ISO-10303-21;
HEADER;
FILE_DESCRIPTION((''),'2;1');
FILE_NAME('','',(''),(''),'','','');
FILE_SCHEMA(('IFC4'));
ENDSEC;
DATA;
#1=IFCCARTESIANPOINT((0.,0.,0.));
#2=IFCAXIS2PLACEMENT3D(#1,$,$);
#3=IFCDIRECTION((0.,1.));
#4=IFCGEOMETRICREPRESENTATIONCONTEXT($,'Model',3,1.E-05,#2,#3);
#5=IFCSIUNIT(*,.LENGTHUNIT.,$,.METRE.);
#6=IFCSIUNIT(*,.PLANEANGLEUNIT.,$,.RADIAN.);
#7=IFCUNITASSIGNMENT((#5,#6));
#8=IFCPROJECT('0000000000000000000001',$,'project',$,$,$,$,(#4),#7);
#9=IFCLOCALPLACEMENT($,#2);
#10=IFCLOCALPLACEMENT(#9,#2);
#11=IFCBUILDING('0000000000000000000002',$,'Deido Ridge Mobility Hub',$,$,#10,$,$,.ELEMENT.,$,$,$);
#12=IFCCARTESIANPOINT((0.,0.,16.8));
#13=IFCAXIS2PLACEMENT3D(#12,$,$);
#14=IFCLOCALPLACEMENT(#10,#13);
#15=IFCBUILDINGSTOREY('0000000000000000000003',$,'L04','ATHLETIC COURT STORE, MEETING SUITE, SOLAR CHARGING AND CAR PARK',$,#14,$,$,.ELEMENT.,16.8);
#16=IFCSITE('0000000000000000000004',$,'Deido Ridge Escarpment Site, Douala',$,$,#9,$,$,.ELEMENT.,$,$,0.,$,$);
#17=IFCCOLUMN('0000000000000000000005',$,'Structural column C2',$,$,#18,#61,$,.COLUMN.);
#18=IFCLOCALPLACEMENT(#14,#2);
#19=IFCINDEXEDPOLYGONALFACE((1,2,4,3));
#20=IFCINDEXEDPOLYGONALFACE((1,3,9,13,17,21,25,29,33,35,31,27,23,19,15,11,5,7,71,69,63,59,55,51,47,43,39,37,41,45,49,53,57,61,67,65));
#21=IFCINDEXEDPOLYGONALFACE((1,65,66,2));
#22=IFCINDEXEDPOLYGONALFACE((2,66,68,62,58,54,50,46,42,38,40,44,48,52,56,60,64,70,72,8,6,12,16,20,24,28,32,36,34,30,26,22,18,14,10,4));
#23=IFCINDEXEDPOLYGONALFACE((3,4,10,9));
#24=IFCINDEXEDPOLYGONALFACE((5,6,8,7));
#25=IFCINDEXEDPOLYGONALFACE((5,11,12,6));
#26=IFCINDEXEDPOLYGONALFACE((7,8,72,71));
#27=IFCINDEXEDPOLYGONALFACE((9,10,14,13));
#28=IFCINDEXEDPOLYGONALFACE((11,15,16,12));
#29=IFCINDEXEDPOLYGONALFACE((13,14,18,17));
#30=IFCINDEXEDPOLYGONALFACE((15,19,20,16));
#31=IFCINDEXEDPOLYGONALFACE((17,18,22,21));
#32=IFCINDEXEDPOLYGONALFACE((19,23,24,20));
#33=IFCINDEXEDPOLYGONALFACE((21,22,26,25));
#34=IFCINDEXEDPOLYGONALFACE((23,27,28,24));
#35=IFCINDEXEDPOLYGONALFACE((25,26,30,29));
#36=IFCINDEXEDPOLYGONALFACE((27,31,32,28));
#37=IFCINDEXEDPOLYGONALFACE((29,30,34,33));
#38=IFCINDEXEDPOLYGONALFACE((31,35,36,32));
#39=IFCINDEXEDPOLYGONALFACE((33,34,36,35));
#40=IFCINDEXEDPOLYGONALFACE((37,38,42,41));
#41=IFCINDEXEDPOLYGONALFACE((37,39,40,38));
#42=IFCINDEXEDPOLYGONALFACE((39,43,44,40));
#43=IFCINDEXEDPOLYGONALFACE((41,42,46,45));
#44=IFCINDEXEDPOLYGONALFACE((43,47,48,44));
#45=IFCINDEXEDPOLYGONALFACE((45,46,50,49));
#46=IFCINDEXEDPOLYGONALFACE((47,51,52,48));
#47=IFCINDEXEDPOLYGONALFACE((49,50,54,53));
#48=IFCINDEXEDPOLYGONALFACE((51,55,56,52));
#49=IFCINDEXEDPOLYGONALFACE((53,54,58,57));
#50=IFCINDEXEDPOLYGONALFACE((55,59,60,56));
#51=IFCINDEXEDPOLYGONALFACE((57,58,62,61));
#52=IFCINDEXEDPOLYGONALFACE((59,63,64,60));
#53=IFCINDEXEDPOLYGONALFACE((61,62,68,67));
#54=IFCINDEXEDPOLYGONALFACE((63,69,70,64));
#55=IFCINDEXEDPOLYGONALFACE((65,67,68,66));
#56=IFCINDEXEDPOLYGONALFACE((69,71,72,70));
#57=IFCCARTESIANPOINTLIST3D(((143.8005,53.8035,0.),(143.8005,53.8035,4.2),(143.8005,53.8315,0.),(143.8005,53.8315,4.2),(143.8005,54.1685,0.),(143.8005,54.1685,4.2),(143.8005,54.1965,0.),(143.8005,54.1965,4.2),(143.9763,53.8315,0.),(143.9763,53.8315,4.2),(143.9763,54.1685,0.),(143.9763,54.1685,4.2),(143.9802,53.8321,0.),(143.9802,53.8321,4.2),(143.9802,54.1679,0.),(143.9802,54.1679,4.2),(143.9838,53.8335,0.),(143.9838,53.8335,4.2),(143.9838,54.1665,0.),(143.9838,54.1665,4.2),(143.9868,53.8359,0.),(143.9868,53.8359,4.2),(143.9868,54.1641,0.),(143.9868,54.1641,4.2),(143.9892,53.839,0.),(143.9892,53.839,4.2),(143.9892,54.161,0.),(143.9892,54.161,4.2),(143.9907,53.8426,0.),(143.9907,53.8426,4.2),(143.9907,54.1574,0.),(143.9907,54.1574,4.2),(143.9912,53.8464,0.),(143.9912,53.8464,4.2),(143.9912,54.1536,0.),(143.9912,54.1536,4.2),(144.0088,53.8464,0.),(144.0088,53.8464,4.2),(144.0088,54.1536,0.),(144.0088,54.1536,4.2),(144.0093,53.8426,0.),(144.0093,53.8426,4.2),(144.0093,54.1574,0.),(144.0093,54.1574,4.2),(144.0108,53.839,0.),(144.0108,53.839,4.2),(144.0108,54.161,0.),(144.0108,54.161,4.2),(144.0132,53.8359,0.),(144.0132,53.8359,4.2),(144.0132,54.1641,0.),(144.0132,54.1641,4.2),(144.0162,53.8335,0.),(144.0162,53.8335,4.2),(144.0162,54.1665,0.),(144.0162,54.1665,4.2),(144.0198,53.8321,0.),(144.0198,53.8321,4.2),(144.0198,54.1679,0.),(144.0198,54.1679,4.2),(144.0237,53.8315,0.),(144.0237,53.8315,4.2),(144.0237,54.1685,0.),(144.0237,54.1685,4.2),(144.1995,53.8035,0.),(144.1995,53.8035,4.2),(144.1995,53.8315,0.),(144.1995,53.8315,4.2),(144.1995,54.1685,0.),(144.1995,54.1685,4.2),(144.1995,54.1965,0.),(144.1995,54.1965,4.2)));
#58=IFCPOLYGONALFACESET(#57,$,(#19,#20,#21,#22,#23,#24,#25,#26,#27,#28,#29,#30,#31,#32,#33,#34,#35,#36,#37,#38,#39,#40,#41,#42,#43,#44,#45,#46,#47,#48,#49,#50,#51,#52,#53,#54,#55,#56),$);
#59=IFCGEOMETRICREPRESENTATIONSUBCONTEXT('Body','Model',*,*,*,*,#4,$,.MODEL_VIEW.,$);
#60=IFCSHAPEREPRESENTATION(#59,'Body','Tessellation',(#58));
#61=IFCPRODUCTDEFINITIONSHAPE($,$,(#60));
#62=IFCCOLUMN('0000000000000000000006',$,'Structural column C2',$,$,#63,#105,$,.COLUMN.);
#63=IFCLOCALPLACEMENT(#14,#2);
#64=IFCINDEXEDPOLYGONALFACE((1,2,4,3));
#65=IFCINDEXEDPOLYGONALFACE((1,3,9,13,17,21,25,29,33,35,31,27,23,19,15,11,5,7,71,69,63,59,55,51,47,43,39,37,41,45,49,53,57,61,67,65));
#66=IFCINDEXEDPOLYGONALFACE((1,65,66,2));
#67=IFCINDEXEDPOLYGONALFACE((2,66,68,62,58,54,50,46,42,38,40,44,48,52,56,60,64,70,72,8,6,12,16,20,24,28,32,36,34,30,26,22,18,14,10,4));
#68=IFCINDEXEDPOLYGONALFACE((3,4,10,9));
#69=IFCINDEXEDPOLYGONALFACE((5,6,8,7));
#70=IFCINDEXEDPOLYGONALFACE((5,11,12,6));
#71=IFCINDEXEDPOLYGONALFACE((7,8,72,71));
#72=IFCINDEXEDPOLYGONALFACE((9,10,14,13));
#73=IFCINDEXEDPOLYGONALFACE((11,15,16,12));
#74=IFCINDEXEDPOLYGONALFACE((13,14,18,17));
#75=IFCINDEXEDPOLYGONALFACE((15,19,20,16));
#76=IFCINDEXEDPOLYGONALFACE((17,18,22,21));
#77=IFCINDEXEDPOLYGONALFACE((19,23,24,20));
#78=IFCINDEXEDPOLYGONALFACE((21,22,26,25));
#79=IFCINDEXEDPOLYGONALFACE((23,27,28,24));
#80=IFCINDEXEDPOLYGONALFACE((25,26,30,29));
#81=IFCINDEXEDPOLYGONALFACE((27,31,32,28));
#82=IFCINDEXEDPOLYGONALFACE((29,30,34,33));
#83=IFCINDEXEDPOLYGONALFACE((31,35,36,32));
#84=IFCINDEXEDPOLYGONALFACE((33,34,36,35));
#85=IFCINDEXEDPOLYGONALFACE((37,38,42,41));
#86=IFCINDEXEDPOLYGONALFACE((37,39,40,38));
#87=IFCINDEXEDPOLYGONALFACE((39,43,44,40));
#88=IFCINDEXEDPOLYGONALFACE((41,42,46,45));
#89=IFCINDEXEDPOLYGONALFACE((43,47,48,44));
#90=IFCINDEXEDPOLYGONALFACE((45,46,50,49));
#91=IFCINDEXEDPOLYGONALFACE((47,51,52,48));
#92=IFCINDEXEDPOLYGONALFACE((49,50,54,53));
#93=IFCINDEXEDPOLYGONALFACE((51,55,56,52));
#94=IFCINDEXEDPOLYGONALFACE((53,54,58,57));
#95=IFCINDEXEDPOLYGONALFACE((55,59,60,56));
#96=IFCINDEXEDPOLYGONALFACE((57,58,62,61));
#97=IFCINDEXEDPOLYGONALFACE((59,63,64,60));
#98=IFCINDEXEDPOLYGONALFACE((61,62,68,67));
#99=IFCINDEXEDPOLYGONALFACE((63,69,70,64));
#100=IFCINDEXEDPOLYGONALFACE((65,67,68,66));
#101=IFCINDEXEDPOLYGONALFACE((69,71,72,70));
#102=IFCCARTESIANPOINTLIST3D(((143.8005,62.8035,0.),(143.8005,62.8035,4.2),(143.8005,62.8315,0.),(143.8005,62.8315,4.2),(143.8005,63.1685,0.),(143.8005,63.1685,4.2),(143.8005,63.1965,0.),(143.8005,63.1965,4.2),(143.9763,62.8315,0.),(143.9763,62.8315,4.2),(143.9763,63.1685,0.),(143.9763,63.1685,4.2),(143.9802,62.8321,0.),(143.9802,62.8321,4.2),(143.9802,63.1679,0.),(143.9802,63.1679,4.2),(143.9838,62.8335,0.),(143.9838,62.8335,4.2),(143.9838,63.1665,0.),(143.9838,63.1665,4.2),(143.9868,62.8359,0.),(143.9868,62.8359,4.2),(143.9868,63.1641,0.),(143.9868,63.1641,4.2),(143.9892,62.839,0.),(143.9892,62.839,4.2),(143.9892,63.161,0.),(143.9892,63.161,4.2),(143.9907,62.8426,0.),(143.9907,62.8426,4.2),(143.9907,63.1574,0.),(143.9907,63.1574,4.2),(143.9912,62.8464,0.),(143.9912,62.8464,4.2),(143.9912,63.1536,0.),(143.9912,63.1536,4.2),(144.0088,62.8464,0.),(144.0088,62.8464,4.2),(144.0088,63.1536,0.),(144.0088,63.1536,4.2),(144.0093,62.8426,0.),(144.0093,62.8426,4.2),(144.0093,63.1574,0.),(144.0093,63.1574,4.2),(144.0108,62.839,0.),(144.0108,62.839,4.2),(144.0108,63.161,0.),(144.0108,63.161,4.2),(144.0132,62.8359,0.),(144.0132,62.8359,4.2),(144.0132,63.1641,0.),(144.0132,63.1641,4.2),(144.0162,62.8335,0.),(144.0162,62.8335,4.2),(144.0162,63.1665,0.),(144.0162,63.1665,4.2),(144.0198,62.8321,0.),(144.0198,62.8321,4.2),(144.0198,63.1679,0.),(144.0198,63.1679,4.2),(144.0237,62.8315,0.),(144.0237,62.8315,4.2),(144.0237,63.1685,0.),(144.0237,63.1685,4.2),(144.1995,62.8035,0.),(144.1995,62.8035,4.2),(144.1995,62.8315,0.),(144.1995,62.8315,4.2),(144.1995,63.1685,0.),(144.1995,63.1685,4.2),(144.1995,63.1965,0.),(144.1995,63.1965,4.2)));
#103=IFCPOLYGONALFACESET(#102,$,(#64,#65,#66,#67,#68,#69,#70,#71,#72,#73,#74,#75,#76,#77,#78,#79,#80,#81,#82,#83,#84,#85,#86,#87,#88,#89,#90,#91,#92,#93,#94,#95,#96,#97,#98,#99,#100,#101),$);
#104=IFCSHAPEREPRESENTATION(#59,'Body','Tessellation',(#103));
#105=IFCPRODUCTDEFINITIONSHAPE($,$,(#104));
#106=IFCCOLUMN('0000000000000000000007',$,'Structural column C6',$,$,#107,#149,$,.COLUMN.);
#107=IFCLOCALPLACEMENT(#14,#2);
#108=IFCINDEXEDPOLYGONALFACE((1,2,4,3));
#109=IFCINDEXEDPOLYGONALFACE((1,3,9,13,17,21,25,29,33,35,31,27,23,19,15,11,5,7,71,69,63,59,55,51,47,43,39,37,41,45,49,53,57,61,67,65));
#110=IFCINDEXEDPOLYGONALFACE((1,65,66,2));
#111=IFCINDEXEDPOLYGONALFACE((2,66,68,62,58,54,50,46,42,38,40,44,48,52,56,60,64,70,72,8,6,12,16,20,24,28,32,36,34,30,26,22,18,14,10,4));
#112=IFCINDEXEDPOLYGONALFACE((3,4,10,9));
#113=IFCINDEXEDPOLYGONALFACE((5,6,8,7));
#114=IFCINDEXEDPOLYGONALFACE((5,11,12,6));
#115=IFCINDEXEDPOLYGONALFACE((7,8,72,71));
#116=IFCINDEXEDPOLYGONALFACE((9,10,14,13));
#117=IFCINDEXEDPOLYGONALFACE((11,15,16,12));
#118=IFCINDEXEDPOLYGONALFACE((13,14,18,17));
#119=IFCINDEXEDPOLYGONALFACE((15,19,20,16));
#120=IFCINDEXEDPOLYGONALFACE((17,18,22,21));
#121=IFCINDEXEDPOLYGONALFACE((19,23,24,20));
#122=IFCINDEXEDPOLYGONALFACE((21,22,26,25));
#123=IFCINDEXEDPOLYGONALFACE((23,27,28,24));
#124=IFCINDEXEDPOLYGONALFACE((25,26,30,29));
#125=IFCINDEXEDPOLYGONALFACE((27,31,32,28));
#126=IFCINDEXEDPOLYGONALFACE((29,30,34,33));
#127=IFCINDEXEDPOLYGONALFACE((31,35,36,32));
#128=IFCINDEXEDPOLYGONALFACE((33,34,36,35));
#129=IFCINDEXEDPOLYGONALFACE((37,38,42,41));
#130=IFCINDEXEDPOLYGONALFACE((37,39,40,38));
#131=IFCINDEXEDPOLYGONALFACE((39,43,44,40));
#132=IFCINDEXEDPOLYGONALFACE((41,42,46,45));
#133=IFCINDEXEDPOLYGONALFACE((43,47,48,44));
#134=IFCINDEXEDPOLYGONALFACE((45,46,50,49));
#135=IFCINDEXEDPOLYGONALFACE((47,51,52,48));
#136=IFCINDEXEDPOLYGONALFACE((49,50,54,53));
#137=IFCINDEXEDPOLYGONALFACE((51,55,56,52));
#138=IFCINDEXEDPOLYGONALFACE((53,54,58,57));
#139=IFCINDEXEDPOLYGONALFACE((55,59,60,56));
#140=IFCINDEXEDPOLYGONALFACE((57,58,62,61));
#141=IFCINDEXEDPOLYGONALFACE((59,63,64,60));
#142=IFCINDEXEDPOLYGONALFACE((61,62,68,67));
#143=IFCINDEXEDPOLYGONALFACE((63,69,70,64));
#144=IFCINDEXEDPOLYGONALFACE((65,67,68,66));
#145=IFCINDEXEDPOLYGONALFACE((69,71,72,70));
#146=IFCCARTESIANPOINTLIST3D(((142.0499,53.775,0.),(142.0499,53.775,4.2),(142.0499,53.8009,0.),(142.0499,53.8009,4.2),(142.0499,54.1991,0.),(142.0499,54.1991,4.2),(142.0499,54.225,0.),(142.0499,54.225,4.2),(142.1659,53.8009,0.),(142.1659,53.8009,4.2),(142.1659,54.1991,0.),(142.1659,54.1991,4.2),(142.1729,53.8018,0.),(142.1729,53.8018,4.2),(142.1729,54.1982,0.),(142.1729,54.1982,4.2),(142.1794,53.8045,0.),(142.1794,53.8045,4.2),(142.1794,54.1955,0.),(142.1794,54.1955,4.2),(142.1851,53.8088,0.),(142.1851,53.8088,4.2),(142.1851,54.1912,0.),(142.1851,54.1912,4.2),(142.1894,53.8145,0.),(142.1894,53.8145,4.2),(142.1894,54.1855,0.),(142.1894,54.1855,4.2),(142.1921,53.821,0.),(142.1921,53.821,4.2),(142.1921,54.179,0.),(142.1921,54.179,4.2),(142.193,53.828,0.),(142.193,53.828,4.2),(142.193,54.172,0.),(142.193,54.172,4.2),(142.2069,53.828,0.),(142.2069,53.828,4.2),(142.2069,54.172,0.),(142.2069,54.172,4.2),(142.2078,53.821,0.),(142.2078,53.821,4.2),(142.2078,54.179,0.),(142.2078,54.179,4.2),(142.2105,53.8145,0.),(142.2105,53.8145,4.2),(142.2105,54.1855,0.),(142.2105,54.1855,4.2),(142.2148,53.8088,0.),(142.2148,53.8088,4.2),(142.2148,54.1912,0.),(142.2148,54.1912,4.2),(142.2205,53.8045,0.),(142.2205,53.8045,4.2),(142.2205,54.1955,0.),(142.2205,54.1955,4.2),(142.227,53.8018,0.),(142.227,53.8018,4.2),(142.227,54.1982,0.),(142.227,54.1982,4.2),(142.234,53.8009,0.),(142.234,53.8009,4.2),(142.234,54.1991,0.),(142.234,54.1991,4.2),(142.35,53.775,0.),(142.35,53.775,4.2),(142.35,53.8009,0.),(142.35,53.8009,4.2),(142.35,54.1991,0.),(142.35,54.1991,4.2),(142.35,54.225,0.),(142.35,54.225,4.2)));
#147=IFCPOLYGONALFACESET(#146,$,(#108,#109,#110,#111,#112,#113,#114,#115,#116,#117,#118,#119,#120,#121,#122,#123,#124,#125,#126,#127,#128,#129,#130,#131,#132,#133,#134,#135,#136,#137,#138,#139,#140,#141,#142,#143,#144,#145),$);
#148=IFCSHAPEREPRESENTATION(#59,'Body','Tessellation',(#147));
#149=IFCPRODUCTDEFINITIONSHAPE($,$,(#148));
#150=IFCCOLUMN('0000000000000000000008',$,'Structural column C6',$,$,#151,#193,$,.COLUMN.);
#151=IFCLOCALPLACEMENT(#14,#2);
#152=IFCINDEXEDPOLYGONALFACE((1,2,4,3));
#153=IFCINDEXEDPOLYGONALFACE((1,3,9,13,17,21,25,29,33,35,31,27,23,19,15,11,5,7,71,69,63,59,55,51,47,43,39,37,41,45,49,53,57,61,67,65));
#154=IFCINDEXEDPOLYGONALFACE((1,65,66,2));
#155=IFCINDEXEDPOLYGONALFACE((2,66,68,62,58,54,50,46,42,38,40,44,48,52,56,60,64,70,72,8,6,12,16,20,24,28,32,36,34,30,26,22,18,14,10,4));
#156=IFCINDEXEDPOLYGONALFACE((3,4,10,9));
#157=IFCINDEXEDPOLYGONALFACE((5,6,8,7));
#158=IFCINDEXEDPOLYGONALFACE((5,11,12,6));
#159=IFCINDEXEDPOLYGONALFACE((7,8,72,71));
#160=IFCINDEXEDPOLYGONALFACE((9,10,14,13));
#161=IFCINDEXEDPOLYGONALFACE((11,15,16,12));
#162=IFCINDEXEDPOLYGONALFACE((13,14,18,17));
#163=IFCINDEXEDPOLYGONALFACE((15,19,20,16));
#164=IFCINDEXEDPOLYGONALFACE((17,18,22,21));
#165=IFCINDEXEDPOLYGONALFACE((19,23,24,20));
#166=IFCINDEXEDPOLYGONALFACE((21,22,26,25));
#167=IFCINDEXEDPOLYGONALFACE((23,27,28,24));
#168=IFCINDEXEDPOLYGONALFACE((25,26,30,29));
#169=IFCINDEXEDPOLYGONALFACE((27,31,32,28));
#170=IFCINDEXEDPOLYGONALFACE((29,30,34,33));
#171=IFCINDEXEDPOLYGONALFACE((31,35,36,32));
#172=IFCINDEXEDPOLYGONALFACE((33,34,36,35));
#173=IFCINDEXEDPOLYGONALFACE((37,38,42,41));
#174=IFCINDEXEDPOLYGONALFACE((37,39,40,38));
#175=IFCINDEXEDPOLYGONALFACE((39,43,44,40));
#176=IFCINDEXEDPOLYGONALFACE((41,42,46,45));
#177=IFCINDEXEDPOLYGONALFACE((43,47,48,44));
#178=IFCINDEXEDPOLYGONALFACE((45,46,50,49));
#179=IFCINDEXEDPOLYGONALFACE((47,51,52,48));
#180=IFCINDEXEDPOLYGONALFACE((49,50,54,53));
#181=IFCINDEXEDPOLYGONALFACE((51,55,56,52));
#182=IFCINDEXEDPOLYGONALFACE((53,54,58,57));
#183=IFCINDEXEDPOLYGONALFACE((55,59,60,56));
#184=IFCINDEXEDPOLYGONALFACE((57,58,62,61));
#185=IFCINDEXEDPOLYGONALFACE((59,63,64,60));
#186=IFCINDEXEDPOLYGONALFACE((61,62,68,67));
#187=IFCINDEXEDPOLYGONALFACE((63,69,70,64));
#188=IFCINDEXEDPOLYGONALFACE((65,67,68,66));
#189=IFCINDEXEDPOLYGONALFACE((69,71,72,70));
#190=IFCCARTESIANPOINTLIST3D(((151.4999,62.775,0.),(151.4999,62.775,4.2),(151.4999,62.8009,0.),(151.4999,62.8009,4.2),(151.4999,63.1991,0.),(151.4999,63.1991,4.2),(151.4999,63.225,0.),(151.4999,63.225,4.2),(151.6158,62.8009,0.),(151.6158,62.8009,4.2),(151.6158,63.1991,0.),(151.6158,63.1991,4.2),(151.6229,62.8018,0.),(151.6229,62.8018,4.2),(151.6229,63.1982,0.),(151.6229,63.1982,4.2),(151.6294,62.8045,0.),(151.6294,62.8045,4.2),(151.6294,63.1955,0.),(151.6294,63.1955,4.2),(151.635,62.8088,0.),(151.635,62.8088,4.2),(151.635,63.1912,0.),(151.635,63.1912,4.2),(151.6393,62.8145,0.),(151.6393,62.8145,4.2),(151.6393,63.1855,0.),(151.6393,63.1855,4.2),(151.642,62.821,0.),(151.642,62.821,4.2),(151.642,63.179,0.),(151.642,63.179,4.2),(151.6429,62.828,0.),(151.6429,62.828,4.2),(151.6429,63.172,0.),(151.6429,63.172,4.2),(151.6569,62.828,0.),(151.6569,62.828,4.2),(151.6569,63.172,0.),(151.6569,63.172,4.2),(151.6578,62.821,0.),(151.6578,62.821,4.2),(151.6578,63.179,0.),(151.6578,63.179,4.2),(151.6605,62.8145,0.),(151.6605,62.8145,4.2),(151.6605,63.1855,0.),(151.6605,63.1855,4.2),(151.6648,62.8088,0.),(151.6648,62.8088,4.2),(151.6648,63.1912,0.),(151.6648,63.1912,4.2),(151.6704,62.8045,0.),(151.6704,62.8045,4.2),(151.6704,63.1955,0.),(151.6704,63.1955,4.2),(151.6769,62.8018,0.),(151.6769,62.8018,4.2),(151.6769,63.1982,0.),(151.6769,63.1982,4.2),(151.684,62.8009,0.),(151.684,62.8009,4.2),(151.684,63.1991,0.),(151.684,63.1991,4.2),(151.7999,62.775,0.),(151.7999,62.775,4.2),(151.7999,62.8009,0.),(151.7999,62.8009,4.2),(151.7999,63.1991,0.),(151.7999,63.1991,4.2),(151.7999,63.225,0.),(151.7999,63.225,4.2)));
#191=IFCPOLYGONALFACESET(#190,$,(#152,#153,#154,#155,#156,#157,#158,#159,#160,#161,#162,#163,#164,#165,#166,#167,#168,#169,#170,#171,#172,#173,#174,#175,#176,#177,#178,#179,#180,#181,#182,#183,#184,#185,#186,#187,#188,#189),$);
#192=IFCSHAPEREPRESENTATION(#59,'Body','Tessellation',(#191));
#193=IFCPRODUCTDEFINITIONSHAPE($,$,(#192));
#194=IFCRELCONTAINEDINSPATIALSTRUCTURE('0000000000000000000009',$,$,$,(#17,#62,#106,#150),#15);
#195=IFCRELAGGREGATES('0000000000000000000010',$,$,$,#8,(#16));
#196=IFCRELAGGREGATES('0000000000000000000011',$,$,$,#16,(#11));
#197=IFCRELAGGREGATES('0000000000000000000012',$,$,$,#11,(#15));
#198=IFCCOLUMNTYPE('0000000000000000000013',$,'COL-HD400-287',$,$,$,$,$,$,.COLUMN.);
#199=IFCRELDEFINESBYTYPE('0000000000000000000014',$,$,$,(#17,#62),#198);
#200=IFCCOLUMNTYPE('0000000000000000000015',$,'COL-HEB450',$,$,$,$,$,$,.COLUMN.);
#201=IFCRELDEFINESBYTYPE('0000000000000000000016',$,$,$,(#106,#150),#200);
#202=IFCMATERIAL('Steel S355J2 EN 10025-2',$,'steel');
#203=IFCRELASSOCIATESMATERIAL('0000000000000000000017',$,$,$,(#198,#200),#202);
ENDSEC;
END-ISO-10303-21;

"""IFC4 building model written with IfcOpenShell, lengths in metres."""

from ifc_helpers import new_model, si_unit, direction, frame, origin, origin_2d, place, context, subcontext, project, spatial, i_section, extrude, material, material_profile, profile_set, type_object, element, save


model = new_model("IFC4")

# Units and contexts
model_context = context("Model", 3, precision=1e-05, world=origin(), true_north=direction((0.0, 1.0)))
body_context = subcontext(model_context, "Body", "Model", "MODEL_VIEW")
ifc_project = project(units=[si_unit("LENGTHUNIT", "METRE"), si_unit("PLANEANGLEUNIT", "RADIAN")], contexts=[model_context])

# Site, building, storey
site_placement = place(None, origin())
site = spatial("IfcSite", under=ifc_project, at=site_placement, Name="Deido Ridge Escarpment Site, Douala", CompositionType="ELEMENT", RefElevation=0.0)
building_placement = place(site_placement, origin())
building = spatial("IfcBuilding", under=site, at=building_placement, Name="Deido Ridge Mobility Hub", CompositionType="ELEMENT")
storey_placement = place(building_placement, frame((0.0, 0.0, 16.8)))
storey = spatial("IfcBuildingStorey", under=building, at=storey_placement, Name="L04", Description="ATHLETIC COURT STORE, MEETING SUITE, SOLAR CHARGING AND CAR PARK", CompositionType="ELEMENT", Elevation=16.8)

# Columns
ifc_material_1 = material(Name="Steel S355J2 EN 10025-2", Category="steel")
ifc_material_profile_1 = material_profile(ifc_material_1, i_section(OverallWidth=0.3989, OverallDepth=0.3931, WebThickness=0.0176, FlangeThickness=0.0281, FilletRadius=0.0149, at=origin_2d()), Name="HD 400x287")
ifc_profile_set_1 = profile_set([ifc_material_profile_1], Name="Steel S355J2 EN 10025-2")
column_type_1 = type_object("IfcColumnType", Name="COL-HD400-287", PredefinedType="COLUMN", material=ifc_profile_set_1)
for number, where, z_axis, x_axis, name in (
    (1, (144.0, 54.0, 0.0), (0.0, 0.0, 1.0), (1.0, 0.0, 0.0), "Structural column C2"),
    (2, (144.0, 63.0, 0.0), (0.0, 0.0, 1.0), (1.0, 0.0, 0.0), "Structural column C2"),
):
    element("IfcColumn", number, at=place(storey_placement, frame(where, z_axis=z_axis, x_axis=x_axis)), inside=storey, type_object=column_type_1, Name=name, PredefinedType="COLUMN", context=body_context, shape_type="SweptSolid", body=[
        extrude(i_section(OverallWidth=0.3989, OverallDepth=0.3931, WebThickness=0.0176, FlangeThickness=0.0281, FilletRadius=0.0149, at=origin_2d()), origin(), (0.0, 0.0, 1.0), 4.2),
    ])
ifc_material_profile_2 = material_profile(ifc_material_1, i_section(OverallWidth=0.3, OverallDepth=0.45, WebThickness=0.0139, FlangeThickness=0.0259, FilletRadius=0.0271, at=origin_2d()), Name="HEB 450")
ifc_profile_set_2 = profile_set([ifc_material_profile_2], Name="Steel S355J2 EN 10025-2")
column_type_2 = type_object("IfcColumnType", Name="COL-HEB450", PredefinedType="COLUMN", material=ifc_profile_set_2)
for number, where, z_axis, x_axis, name in (
    (3, (142.2, 54.0, 0.0), (0.0, 0.0, 1.0), (1.0, 0.0, 0.0), "Structural column C6"),
    (4, (151.6499, 63.0, 0.0), (0.0, 0.0, 1.0), (1.0, 0.0, 0.0), "Structural column C6"),
):
    element("IfcColumn", number, at=place(storey_placement, frame(where, z_axis=z_axis, x_axis=x_axis)), inside=storey, type_object=column_type_2, Name=name, PredefinedType="COLUMN", context=body_context, shape_type="SweptSolid", body=[
        extrude(i_section(OverallWidth=0.3, OverallDepth=0.45, WebThickness=0.0139, FlangeThickness=0.0259, FilletRadius=0.0271, at=origin_2d()), origin(), (0.0, 0.0, 1.0), 4.2),
    ])

save(model, "model.ifc")
